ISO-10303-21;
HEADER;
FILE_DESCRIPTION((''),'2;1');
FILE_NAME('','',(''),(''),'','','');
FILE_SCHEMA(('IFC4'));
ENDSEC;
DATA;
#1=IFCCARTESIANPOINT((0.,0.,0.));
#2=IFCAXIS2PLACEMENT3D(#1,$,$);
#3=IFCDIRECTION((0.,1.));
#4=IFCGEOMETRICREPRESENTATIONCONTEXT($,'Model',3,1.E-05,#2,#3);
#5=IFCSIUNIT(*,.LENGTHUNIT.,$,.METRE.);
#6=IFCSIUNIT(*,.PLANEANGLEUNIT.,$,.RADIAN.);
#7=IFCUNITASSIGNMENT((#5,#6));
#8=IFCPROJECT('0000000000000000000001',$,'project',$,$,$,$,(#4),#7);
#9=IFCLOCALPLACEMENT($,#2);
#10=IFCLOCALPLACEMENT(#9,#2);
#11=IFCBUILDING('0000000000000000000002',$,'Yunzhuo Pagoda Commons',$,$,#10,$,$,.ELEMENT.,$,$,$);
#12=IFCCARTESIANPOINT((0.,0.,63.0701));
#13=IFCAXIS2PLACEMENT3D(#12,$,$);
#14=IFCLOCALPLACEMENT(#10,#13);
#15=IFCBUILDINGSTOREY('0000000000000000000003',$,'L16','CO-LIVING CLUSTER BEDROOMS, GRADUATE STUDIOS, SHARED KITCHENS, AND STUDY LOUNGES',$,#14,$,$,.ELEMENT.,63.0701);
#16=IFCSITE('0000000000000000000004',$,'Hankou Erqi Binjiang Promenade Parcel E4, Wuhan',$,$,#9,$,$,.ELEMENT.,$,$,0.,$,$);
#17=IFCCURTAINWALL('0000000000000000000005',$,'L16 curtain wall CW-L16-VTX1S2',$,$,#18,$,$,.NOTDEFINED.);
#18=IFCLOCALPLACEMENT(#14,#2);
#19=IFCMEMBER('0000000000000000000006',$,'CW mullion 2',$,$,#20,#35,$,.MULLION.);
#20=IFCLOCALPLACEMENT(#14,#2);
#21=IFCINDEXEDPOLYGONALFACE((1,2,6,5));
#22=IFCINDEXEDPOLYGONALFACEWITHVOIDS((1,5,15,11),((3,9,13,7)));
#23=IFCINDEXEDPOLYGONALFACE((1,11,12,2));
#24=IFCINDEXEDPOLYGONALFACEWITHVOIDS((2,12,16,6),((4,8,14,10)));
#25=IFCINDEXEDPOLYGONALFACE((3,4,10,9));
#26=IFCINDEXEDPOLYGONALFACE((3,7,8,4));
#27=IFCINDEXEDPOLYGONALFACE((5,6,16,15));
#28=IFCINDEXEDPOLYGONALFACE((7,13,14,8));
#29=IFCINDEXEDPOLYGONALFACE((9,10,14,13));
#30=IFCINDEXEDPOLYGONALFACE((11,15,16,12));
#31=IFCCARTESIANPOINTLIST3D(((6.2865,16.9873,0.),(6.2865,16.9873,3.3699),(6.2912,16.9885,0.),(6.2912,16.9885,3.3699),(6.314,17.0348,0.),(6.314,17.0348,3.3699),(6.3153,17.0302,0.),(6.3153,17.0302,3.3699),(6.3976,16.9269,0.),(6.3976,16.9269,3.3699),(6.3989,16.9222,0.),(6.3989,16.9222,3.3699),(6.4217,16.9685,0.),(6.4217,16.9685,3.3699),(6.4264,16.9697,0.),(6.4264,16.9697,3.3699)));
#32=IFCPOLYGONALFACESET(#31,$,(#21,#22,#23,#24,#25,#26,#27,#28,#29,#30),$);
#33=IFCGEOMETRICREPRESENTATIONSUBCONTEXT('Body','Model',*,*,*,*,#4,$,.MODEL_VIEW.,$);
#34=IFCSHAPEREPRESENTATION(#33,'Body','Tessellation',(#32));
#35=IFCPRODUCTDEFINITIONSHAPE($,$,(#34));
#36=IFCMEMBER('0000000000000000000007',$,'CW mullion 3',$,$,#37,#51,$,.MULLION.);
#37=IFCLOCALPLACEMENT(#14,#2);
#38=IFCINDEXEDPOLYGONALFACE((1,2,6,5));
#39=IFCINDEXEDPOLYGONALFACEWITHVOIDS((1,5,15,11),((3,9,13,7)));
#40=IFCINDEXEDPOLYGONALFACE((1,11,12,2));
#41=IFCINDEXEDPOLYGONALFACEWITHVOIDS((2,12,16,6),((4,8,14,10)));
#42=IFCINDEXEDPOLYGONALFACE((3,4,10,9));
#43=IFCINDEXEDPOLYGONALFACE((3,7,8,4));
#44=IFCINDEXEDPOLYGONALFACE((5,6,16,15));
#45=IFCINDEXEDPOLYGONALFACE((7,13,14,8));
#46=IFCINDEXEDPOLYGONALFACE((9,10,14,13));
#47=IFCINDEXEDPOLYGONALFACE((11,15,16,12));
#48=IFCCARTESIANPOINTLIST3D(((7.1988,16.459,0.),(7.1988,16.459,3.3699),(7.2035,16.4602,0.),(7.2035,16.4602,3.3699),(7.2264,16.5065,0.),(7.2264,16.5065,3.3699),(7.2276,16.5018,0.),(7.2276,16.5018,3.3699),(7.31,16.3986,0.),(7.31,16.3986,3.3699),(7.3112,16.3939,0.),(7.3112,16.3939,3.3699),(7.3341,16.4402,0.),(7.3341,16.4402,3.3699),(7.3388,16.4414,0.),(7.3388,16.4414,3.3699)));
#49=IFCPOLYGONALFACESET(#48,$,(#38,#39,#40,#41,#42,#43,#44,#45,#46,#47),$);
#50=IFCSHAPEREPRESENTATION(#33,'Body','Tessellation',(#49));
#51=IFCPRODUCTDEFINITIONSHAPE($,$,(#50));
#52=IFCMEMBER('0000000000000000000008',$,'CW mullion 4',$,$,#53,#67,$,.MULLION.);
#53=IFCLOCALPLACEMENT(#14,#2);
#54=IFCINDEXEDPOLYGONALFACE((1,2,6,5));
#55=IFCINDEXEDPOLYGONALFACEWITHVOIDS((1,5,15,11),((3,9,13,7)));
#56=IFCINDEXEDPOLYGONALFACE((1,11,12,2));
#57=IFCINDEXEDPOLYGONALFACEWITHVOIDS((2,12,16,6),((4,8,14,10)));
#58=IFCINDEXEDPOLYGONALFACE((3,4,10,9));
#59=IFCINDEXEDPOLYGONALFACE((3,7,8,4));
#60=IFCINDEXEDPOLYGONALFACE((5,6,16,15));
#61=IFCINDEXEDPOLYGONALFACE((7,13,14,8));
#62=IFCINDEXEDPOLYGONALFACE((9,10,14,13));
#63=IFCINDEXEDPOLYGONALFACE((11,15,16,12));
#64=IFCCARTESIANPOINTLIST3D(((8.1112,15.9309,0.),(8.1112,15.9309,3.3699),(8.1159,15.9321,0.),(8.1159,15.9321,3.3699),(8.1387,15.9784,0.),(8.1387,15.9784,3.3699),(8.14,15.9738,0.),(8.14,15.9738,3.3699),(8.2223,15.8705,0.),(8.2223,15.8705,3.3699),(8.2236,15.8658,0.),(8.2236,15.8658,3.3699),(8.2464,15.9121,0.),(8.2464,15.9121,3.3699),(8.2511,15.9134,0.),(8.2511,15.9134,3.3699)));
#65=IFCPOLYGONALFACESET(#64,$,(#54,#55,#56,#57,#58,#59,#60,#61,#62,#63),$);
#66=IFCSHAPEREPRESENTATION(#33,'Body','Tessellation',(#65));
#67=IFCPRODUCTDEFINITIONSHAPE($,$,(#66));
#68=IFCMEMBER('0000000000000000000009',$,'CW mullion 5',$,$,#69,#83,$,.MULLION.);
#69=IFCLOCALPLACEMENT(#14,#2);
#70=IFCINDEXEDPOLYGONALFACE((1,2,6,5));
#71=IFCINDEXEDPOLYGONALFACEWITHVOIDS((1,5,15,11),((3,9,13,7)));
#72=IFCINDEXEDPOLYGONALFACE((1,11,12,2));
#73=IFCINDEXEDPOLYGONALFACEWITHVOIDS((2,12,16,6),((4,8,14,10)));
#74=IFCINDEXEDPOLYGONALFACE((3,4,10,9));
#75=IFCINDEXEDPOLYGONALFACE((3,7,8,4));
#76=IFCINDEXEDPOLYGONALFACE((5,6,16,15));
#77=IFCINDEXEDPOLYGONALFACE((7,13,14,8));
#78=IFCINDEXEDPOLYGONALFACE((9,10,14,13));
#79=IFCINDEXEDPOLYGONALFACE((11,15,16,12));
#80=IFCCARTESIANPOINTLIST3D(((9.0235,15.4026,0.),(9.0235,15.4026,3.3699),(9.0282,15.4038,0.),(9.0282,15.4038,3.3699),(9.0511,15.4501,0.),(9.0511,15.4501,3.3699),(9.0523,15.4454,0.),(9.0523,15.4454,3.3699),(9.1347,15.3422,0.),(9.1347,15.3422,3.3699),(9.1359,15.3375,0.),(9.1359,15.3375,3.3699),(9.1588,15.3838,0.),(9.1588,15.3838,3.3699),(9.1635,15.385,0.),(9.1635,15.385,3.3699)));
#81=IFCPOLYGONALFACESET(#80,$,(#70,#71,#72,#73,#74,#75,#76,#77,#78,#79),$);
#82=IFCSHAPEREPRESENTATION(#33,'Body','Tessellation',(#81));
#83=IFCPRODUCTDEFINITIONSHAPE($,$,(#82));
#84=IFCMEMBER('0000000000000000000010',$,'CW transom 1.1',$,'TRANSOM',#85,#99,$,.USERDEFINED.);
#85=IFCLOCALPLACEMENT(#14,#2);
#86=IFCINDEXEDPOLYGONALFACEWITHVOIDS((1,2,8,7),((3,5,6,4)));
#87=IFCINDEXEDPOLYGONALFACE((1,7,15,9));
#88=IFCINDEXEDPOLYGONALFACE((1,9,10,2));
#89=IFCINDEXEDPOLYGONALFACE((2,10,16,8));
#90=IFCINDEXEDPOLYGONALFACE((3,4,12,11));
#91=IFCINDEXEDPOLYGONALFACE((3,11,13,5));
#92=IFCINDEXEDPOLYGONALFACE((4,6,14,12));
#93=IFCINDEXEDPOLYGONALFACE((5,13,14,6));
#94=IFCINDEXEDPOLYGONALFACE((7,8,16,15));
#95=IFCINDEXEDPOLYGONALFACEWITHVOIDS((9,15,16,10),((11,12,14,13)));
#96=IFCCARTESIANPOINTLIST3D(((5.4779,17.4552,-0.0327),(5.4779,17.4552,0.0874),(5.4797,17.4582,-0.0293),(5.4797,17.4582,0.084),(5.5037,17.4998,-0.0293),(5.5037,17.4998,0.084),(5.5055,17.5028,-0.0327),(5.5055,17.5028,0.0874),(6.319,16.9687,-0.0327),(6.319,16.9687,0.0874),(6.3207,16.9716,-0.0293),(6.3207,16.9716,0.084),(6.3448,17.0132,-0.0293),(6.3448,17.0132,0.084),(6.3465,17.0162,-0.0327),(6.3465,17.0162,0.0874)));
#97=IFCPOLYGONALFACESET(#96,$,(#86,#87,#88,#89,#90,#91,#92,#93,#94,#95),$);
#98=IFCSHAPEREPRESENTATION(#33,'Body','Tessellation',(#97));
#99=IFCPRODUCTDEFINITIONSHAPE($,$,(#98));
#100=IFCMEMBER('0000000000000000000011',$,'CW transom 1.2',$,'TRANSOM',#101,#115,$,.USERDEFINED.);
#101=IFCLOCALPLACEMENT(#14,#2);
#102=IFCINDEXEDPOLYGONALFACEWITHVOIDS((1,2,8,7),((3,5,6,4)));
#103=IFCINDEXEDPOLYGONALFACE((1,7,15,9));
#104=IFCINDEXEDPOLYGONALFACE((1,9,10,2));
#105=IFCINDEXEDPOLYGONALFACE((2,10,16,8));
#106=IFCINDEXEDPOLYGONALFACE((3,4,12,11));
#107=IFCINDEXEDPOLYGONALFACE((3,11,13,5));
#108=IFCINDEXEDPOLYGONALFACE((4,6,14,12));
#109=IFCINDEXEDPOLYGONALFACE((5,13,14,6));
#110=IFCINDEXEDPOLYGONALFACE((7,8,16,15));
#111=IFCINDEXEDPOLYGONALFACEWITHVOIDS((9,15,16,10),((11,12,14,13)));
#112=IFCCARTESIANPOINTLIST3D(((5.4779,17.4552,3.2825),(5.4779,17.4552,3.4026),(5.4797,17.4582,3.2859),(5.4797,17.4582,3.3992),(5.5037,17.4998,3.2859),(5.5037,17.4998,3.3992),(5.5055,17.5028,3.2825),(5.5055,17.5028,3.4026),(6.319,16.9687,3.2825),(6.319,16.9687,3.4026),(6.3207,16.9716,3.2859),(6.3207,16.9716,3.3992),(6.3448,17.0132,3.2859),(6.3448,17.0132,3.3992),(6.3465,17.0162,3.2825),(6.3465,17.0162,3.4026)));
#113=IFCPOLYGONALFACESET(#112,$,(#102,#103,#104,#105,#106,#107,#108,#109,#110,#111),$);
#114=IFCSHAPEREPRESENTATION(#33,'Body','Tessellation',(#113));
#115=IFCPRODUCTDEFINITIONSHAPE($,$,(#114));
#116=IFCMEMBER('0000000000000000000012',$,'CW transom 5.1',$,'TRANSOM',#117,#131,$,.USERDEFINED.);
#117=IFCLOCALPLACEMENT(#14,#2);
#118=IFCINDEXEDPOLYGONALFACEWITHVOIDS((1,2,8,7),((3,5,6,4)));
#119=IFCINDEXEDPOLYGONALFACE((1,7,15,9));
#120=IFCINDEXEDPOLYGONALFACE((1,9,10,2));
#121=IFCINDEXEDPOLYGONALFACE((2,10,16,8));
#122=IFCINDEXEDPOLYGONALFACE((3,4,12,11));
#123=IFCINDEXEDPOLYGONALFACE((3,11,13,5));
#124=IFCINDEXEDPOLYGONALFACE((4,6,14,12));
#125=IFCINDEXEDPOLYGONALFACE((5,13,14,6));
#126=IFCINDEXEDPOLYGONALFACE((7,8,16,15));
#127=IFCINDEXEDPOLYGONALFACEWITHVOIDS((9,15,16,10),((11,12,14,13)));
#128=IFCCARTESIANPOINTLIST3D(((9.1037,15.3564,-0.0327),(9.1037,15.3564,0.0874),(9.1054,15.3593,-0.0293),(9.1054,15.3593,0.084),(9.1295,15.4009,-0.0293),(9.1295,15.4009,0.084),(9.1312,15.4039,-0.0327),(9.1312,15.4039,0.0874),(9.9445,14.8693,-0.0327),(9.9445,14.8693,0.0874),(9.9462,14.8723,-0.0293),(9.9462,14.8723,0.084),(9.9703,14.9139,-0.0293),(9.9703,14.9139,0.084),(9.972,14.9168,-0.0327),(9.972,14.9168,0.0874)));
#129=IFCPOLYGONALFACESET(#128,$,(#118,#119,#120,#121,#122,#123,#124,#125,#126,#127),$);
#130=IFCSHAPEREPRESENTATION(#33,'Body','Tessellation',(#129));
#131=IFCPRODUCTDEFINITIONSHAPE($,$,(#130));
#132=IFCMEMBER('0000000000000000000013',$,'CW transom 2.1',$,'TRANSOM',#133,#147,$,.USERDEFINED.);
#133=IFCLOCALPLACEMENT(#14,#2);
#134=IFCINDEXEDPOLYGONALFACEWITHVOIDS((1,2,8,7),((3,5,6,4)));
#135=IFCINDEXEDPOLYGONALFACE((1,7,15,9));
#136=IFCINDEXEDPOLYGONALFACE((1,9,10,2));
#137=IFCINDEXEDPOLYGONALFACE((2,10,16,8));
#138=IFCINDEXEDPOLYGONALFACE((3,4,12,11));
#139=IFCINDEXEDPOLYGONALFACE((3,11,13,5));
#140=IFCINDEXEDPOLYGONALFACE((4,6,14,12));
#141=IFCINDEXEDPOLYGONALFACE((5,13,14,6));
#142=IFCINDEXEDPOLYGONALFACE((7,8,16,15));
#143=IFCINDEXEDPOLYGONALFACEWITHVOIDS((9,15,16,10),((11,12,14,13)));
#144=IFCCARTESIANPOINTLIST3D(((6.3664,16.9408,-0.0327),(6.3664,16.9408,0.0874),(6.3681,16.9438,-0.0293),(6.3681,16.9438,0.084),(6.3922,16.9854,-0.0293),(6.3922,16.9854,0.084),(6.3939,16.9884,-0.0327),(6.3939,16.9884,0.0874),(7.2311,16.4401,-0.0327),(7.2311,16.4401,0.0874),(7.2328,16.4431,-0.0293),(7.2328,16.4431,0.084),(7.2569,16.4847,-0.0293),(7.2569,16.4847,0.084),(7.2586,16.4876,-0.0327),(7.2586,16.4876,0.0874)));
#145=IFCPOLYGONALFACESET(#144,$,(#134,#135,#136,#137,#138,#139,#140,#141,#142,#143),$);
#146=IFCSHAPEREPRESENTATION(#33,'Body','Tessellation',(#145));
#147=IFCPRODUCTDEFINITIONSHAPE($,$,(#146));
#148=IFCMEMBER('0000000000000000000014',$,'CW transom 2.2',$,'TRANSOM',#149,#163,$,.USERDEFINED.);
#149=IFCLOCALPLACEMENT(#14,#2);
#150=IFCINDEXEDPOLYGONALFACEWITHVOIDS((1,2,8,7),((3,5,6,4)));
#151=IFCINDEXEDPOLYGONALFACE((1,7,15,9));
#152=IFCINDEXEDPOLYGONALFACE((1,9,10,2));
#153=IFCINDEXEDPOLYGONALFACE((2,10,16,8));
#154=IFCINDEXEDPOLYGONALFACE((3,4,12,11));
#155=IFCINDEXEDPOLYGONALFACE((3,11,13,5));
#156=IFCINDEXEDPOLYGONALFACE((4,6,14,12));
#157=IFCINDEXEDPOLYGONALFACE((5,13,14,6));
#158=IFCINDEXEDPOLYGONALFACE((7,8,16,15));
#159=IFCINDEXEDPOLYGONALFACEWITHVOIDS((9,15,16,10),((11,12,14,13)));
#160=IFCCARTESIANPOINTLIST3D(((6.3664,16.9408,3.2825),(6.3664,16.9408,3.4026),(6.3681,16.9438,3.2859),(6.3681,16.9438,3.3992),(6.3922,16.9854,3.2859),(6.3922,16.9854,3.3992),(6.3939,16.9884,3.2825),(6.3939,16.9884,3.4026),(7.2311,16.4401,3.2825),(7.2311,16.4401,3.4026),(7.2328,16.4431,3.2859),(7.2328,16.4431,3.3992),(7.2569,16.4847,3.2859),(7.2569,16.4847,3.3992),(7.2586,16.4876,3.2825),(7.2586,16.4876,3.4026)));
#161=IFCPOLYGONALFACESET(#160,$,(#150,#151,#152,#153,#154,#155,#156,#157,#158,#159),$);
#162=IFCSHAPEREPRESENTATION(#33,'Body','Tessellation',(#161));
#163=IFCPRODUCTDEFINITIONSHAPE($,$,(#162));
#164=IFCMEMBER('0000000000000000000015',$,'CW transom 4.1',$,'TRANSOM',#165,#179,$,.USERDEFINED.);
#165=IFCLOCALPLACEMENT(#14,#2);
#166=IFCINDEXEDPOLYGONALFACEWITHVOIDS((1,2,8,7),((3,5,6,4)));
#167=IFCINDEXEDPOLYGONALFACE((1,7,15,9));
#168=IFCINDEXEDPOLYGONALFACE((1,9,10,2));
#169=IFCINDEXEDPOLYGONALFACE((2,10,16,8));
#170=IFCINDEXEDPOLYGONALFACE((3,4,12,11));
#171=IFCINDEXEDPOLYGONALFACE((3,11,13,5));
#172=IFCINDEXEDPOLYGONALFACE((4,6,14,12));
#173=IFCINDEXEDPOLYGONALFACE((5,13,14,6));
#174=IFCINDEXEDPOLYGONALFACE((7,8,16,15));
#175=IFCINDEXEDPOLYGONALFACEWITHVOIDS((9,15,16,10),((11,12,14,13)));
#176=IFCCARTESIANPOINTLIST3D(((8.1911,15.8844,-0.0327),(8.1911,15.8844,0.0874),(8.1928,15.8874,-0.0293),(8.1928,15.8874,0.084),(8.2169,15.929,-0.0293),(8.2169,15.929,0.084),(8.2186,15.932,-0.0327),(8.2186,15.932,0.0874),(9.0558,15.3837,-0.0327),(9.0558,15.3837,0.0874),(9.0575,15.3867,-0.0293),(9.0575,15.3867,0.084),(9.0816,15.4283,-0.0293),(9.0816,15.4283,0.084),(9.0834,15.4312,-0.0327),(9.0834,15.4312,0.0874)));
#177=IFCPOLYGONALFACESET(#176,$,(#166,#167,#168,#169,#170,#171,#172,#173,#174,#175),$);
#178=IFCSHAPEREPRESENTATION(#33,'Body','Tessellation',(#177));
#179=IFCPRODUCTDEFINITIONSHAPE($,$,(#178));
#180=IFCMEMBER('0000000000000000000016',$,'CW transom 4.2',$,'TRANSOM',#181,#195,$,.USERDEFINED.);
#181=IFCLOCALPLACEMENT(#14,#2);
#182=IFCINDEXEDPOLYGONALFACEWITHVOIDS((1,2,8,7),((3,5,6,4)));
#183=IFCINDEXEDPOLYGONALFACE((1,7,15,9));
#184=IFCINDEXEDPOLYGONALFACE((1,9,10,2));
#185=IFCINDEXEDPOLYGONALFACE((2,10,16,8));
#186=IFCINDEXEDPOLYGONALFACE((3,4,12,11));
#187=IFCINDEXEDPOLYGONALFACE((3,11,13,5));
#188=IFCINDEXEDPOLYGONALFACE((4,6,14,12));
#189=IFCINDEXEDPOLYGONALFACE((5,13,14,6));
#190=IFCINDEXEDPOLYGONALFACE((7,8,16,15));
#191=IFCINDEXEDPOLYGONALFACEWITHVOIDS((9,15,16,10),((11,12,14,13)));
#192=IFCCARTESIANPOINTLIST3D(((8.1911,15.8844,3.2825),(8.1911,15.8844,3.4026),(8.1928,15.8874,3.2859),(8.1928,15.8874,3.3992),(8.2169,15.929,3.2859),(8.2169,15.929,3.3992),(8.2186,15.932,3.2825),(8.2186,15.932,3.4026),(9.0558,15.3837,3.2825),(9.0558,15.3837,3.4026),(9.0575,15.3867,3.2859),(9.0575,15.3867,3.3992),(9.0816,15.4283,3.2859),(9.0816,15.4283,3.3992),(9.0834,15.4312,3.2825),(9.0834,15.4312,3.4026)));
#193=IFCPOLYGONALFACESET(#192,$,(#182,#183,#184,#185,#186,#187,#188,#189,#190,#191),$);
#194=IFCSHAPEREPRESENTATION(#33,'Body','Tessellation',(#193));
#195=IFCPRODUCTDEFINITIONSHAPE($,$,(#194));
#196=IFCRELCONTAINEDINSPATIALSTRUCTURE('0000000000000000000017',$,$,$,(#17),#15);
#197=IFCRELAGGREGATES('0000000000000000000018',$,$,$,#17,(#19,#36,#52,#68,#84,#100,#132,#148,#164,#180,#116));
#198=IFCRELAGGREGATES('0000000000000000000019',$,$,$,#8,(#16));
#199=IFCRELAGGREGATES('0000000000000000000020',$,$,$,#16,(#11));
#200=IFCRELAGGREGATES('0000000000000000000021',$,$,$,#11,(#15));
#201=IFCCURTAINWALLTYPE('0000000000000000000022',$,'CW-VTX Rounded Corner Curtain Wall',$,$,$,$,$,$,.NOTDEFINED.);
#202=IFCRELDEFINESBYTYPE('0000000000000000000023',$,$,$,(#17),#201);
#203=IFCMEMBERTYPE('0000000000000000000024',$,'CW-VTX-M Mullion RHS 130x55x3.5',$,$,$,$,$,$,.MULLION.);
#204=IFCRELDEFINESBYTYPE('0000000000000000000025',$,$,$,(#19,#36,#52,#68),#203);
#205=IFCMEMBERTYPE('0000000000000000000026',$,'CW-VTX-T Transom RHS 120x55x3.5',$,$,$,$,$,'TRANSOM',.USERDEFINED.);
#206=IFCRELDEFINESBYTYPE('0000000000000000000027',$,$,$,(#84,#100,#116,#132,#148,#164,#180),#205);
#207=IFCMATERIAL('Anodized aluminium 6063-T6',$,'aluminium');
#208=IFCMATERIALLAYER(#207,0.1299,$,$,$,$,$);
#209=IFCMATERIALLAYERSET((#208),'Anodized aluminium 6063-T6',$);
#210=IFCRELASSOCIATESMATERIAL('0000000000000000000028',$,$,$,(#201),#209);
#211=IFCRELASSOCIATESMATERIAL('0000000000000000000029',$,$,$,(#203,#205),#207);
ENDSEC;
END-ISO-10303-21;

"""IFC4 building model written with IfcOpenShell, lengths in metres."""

from ifc_helpers import new_model, si_unit, direction, frame, origin, origin_2d, place, context, subcontext, project, spatial, hollow_rectangle, extrude, source, transform, mapped, material, layer, layer_set, material_profile, profile_set, type_object, element, aggregate, save


model = new_model("IFC4")

# Units and contexts
model_context = context("Model", 3, precision=1e-05, world=origin(), true_north=direction((0.0, 1.0)))
body_context = subcontext(model_context, "Body", "Model", "MODEL_VIEW")
ifc_project = project(units=[si_unit("LENGTHUNIT", "METRE"), si_unit("PLANEANGLEUNIT", "RADIAN")], contexts=[model_context])

# Site, building, storey
site_placement = place(None, origin())
site = spatial("IfcSite", under=ifc_project, at=site_placement, Name="Hankou Erqi Binjiang Promenade Parcel E4, Wuhan", CompositionType="ELEMENT", RefElevation=0.0)
building_placement = place(site_placement, origin())
building = spatial("IfcBuilding", under=site, at=building_placement, Name="Yunzhuo Pagoda Commons", CompositionType="ELEMENT")
storey_placement = place(building_placement, frame((0.0, 0.0, 63.0701)))
storey = spatial("IfcBuildingStorey", under=building, at=storey_placement, Name="L16", Description="CO-LIVING CLUSTER BEDROOMS, GRADUATE STUDIOS, SHARED KITCHENS, AND STUDY LOUNGES", CompositionType="ELEMENT", Elevation=63.0701)

# Curtain wall, members
ifc_material_1 = material(Name="Anodized aluminium 6063-T6", Category="aluminium")
ifc_layer_1 = layer(ifc_material_1, 0.1299)
ifc_layer_set_1 = layer_set([ifc_layer_1], Name="Anodized aluminium 6063-T6")
curtain_wall_type = type_object("IfcCurtainWallType", Name="CW-VTX Rounded Corner Curtain Wall", PredefinedType="NOTDEFINED", material=ifc_layer_set_1)
curtain_wall_1_placement = place(storey_placement, origin())
curtain_wall_1 = element("IfcCurtainWall", 1, at=curtain_wall_1_placement, inside=storey, type_object=curtain_wall_type, Name="L16 curtain wall CW-L16-VTX1S2", PredefinedType="NOTDEFINED")
ifc_material_profile_1 = material_profile(ifc_material_1, hollow_rectangle(XDim=0.0549, YDim=0.1299, WallThickness=0.0034, at=origin_2d()), Name="Anodized aluminium 6063-T6")
ifc_profile_set_1 = profile_set([ifc_material_profile_1], Name="Anodized aluminium 6063-T6")
member_type_1 = type_object("IfcMemberType", Name="CW-VTX-M Mullion RHS 130x55x3.5", PredefinedType="MULLION", material=ifc_profile_set_1)
shared_shape_1 = source(origin(), body_context, "Body", "SweptSolid", [
    extrude(hollow_rectangle(XDim=0.0549, YDim=0.1299, WallThickness=0.0034, at=origin_2d()), origin(), (0.0, 0.0, 1.0), 3.3699),
])
member_1_placement = place(storey_placement, frame((6.3564, 16.9785, 0.0), z_axis=(0.0, 0.0, 1.0), x_axis=(0.501039, 0.865425, 0.0)))
member_1 = element("IfcMember", 2, at=member_1_placement, type_object=member_type_1, Name="CW mullion 2", PredefinedType="MULLION", context=body_context, shape_type="MappedRepresentation", body=[
    mapped(shared_shape_1, transform((0.0, 0.0, 0.0), scale=1.0)),
])
member_2_placement = place(storey_placement, frame((7.2688, 16.4502, 0.0), z_axis=(0.0, 0.0, 1.0), x_axis=(0.501039, 0.865425, 0.0)))
member_2 = element("IfcMember", 3, at=member_2_placement, type_object=member_type_1, Name="CW mullion 3", PredefinedType="MULLION", context=body_context, shape_type="MappedRepresentation", body=[
    mapped(shared_shape_1, transform((0.0, 0.0, 0.0), scale=1.0)),
])
member_3_placement = place(storey_placement, frame((8.1812, 15.9221, 0.0), z_axis=(0.0, 0.0, 1.0), x_axis=(0.501039, 0.865425, 0.0)))
member_3 = element("IfcMember", 4, at=member_3_placement, type_object=member_type_1, Name="CW mullion 4", PredefinedType="MULLION", context=body_context, shape_type="MappedRepresentation", body=[
    mapped(shared_shape_1, transform((0.0, 0.0, 0.0), scale=1.0)),
])
member_4_placement = place(storey_placement, frame((9.0935, 15.3938, 0.0), z_axis=(0.0, 0.0, 1.0), x_axis=(0.501039, 0.865425, 0.0)))
member_4 = element("IfcMember", 5, at=member_4_placement, type_object=member_type_1, Name="CW mullion 5", PredefinedType="MULLION", context=body_context, shape_type="MappedRepresentation", body=[
    mapped(shared_shape_1, transform((0.0, 0.0, 0.0), scale=1.0)),
])
ifc_material_profile_2 = material_profile(ifc_material_1, hollow_rectangle(XDim=0.0549, YDim=0.1201, WallThickness=0.0034, at=origin_2d()), Name="Anodized aluminium 6063-T6")
ifc_profile_set_2 = profile_set([ifc_material_profile_2], Name="Anodized aluminium 6063-T6")
member_type_2 = type_object("IfcMemberType", Name="CW-VTX-T Transom RHS 120x55x3.5", ElementType="TRANSOM", PredefinedType="USERDEFINED", material=ifc_profile_set_2)
shared_shape_2 = source(origin(), body_context, "Body", "SweptSolid", [
    extrude(hollow_rectangle(XDim=0.0549, YDim=0.1201, WallThickness=0.0034, at=origin_2d()), origin(), (0.0, 0.0, 1.0), 0.9717),
])
member_5_placement = place(storey_placement, frame((5.4917, 17.479, 0.0273), z_axis=(0.865587, -0.500759, 0.0), x_axis=(0.500759, 0.865587, 0.0)))
member_5 = element("IfcMember", 6, at=member_5_placement, type_object=member_type_2, Name="CW transom 1.1", ObjectType="TRANSOM", PredefinedType="USERDEFINED", context=body_context, shape_type="MappedRepresentation", body=[
    mapped(shared_shape_2, transform((0.0, 0.0, 0.0), scale=1.0)),
])
member_6_placement = place(storey_placement, frame((5.4917, 17.479, 3.3425), z_axis=(0.865587, -0.500759, 0.0), x_axis=(0.500759, 0.865587, 0.0)))
member_6 = element("IfcMember", 7, at=member_6_placement, type_object=member_type_2, Name="CW transom 1.2", ObjectType="TRANSOM", PredefinedType="USERDEFINED", context=body_context, shape_type="MappedRepresentation", body=[
    mapped(shared_shape_2, transform((0.0, 0.0, 0.0), scale=1.0)),
])
member_7_placement = place(storey_placement, frame((9.1174, 15.3801, 0.0273), z_axis=(0.865306, -0.501244, 0.0), x_axis=(0.501244, 0.865306, 0.0)))
member_7 = element("IfcMember", 8, at=member_7_placement, type_object=member_type_2, Name="CW transom 5.1", ObjectType="TRANSOM", PredefinedType="USERDEFINED", context=body_context, shape_type="MappedRepresentation", body=[
    mapped(shared_shape_2, transform((0.0, 0.0, 0.0), scale=1.0)),
])
shared_shape_3 = source(origin(), body_context, "Body", "SweptSolid", [
    extrude(hollow_rectangle(XDim=0.0549, YDim=0.1201, WallThickness=0.0034, at=origin_2d()), origin(), (0.0, 0.0, 1.0), 0.9993),
])
member_8_placement = place(storey_placement, frame((6.3801, 16.9646, 0.0273), z_axis=(0.865387, -0.501104, 0.0), x_axis=(0.501104, 0.865387, 0.0)))
member_8 = element("IfcMember", 9, at=member_8_placement, type_object=member_type_2, Name="CW transom 2.1", ObjectType="TRANSOM", PredefinedType="USERDEFINED", context=body_context, shape_type="MappedRepresentation", body=[
    mapped(shared_shape_3, transform((0.0, 0.0, 0.0), scale=1.0)),
])
member_9_placement = place(storey_placement, frame((6.3801, 16.9646, 3.3425), z_axis=(0.865387, -0.501104, 0.0), x_axis=(0.501104, 0.865387, 0.0)))
member_9 = element("IfcMember", 10, at=member_9_placement, type_object=member_type_2, Name="CW transom 2.2", ObjectType="TRANSOM", PredefinedType="USERDEFINED", context=body_context, shape_type="MappedRepresentation", body=[
    mapped(shared_shape_3, transform((0.0, 0.0, 0.0), scale=1.0)),
])
member_10_placement = place(storey_placement, frame((8.2048, 15.9082, 0.0273), z_axis=(0.865387, -0.501104, 0.0), x_axis=(0.501104, 0.865387, 0.0)))
member_10 = element("IfcMember", 11, at=member_10_placement, type_object=member_type_2, Name="CW transom 4.1", ObjectType="TRANSOM", PredefinedType="USERDEFINED", context=body_context, shape_type="MappedRepresentation", body=[
    mapped(shared_shape_3, transform((0.0, 0.0, 0.0), scale=1.0)),
])
member_11_placement = place(storey_placement, frame((8.2048, 15.9082, 3.3425), z_axis=(0.865387, -0.501104, 0.0), x_axis=(0.501104, 0.865387, 0.0)))
member_11 = element("IfcMember", 12, at=member_11_placement, type_object=member_type_2, Name="CW transom 4.2", ObjectType="TRANSOM", PredefinedType="USERDEFINED", context=body_context, shape_type="MappedRepresentation", body=[
    mapped(shared_shape_3, transform((0.0, 0.0, 0.0), scale=1.0)),
])

aggregate(curtain_wall_1, [member_1, member_2, member_3, member_4, member_5, member_6, member_8, member_9, member_10, member_11, member_7])

save(model, "model.ifc")
